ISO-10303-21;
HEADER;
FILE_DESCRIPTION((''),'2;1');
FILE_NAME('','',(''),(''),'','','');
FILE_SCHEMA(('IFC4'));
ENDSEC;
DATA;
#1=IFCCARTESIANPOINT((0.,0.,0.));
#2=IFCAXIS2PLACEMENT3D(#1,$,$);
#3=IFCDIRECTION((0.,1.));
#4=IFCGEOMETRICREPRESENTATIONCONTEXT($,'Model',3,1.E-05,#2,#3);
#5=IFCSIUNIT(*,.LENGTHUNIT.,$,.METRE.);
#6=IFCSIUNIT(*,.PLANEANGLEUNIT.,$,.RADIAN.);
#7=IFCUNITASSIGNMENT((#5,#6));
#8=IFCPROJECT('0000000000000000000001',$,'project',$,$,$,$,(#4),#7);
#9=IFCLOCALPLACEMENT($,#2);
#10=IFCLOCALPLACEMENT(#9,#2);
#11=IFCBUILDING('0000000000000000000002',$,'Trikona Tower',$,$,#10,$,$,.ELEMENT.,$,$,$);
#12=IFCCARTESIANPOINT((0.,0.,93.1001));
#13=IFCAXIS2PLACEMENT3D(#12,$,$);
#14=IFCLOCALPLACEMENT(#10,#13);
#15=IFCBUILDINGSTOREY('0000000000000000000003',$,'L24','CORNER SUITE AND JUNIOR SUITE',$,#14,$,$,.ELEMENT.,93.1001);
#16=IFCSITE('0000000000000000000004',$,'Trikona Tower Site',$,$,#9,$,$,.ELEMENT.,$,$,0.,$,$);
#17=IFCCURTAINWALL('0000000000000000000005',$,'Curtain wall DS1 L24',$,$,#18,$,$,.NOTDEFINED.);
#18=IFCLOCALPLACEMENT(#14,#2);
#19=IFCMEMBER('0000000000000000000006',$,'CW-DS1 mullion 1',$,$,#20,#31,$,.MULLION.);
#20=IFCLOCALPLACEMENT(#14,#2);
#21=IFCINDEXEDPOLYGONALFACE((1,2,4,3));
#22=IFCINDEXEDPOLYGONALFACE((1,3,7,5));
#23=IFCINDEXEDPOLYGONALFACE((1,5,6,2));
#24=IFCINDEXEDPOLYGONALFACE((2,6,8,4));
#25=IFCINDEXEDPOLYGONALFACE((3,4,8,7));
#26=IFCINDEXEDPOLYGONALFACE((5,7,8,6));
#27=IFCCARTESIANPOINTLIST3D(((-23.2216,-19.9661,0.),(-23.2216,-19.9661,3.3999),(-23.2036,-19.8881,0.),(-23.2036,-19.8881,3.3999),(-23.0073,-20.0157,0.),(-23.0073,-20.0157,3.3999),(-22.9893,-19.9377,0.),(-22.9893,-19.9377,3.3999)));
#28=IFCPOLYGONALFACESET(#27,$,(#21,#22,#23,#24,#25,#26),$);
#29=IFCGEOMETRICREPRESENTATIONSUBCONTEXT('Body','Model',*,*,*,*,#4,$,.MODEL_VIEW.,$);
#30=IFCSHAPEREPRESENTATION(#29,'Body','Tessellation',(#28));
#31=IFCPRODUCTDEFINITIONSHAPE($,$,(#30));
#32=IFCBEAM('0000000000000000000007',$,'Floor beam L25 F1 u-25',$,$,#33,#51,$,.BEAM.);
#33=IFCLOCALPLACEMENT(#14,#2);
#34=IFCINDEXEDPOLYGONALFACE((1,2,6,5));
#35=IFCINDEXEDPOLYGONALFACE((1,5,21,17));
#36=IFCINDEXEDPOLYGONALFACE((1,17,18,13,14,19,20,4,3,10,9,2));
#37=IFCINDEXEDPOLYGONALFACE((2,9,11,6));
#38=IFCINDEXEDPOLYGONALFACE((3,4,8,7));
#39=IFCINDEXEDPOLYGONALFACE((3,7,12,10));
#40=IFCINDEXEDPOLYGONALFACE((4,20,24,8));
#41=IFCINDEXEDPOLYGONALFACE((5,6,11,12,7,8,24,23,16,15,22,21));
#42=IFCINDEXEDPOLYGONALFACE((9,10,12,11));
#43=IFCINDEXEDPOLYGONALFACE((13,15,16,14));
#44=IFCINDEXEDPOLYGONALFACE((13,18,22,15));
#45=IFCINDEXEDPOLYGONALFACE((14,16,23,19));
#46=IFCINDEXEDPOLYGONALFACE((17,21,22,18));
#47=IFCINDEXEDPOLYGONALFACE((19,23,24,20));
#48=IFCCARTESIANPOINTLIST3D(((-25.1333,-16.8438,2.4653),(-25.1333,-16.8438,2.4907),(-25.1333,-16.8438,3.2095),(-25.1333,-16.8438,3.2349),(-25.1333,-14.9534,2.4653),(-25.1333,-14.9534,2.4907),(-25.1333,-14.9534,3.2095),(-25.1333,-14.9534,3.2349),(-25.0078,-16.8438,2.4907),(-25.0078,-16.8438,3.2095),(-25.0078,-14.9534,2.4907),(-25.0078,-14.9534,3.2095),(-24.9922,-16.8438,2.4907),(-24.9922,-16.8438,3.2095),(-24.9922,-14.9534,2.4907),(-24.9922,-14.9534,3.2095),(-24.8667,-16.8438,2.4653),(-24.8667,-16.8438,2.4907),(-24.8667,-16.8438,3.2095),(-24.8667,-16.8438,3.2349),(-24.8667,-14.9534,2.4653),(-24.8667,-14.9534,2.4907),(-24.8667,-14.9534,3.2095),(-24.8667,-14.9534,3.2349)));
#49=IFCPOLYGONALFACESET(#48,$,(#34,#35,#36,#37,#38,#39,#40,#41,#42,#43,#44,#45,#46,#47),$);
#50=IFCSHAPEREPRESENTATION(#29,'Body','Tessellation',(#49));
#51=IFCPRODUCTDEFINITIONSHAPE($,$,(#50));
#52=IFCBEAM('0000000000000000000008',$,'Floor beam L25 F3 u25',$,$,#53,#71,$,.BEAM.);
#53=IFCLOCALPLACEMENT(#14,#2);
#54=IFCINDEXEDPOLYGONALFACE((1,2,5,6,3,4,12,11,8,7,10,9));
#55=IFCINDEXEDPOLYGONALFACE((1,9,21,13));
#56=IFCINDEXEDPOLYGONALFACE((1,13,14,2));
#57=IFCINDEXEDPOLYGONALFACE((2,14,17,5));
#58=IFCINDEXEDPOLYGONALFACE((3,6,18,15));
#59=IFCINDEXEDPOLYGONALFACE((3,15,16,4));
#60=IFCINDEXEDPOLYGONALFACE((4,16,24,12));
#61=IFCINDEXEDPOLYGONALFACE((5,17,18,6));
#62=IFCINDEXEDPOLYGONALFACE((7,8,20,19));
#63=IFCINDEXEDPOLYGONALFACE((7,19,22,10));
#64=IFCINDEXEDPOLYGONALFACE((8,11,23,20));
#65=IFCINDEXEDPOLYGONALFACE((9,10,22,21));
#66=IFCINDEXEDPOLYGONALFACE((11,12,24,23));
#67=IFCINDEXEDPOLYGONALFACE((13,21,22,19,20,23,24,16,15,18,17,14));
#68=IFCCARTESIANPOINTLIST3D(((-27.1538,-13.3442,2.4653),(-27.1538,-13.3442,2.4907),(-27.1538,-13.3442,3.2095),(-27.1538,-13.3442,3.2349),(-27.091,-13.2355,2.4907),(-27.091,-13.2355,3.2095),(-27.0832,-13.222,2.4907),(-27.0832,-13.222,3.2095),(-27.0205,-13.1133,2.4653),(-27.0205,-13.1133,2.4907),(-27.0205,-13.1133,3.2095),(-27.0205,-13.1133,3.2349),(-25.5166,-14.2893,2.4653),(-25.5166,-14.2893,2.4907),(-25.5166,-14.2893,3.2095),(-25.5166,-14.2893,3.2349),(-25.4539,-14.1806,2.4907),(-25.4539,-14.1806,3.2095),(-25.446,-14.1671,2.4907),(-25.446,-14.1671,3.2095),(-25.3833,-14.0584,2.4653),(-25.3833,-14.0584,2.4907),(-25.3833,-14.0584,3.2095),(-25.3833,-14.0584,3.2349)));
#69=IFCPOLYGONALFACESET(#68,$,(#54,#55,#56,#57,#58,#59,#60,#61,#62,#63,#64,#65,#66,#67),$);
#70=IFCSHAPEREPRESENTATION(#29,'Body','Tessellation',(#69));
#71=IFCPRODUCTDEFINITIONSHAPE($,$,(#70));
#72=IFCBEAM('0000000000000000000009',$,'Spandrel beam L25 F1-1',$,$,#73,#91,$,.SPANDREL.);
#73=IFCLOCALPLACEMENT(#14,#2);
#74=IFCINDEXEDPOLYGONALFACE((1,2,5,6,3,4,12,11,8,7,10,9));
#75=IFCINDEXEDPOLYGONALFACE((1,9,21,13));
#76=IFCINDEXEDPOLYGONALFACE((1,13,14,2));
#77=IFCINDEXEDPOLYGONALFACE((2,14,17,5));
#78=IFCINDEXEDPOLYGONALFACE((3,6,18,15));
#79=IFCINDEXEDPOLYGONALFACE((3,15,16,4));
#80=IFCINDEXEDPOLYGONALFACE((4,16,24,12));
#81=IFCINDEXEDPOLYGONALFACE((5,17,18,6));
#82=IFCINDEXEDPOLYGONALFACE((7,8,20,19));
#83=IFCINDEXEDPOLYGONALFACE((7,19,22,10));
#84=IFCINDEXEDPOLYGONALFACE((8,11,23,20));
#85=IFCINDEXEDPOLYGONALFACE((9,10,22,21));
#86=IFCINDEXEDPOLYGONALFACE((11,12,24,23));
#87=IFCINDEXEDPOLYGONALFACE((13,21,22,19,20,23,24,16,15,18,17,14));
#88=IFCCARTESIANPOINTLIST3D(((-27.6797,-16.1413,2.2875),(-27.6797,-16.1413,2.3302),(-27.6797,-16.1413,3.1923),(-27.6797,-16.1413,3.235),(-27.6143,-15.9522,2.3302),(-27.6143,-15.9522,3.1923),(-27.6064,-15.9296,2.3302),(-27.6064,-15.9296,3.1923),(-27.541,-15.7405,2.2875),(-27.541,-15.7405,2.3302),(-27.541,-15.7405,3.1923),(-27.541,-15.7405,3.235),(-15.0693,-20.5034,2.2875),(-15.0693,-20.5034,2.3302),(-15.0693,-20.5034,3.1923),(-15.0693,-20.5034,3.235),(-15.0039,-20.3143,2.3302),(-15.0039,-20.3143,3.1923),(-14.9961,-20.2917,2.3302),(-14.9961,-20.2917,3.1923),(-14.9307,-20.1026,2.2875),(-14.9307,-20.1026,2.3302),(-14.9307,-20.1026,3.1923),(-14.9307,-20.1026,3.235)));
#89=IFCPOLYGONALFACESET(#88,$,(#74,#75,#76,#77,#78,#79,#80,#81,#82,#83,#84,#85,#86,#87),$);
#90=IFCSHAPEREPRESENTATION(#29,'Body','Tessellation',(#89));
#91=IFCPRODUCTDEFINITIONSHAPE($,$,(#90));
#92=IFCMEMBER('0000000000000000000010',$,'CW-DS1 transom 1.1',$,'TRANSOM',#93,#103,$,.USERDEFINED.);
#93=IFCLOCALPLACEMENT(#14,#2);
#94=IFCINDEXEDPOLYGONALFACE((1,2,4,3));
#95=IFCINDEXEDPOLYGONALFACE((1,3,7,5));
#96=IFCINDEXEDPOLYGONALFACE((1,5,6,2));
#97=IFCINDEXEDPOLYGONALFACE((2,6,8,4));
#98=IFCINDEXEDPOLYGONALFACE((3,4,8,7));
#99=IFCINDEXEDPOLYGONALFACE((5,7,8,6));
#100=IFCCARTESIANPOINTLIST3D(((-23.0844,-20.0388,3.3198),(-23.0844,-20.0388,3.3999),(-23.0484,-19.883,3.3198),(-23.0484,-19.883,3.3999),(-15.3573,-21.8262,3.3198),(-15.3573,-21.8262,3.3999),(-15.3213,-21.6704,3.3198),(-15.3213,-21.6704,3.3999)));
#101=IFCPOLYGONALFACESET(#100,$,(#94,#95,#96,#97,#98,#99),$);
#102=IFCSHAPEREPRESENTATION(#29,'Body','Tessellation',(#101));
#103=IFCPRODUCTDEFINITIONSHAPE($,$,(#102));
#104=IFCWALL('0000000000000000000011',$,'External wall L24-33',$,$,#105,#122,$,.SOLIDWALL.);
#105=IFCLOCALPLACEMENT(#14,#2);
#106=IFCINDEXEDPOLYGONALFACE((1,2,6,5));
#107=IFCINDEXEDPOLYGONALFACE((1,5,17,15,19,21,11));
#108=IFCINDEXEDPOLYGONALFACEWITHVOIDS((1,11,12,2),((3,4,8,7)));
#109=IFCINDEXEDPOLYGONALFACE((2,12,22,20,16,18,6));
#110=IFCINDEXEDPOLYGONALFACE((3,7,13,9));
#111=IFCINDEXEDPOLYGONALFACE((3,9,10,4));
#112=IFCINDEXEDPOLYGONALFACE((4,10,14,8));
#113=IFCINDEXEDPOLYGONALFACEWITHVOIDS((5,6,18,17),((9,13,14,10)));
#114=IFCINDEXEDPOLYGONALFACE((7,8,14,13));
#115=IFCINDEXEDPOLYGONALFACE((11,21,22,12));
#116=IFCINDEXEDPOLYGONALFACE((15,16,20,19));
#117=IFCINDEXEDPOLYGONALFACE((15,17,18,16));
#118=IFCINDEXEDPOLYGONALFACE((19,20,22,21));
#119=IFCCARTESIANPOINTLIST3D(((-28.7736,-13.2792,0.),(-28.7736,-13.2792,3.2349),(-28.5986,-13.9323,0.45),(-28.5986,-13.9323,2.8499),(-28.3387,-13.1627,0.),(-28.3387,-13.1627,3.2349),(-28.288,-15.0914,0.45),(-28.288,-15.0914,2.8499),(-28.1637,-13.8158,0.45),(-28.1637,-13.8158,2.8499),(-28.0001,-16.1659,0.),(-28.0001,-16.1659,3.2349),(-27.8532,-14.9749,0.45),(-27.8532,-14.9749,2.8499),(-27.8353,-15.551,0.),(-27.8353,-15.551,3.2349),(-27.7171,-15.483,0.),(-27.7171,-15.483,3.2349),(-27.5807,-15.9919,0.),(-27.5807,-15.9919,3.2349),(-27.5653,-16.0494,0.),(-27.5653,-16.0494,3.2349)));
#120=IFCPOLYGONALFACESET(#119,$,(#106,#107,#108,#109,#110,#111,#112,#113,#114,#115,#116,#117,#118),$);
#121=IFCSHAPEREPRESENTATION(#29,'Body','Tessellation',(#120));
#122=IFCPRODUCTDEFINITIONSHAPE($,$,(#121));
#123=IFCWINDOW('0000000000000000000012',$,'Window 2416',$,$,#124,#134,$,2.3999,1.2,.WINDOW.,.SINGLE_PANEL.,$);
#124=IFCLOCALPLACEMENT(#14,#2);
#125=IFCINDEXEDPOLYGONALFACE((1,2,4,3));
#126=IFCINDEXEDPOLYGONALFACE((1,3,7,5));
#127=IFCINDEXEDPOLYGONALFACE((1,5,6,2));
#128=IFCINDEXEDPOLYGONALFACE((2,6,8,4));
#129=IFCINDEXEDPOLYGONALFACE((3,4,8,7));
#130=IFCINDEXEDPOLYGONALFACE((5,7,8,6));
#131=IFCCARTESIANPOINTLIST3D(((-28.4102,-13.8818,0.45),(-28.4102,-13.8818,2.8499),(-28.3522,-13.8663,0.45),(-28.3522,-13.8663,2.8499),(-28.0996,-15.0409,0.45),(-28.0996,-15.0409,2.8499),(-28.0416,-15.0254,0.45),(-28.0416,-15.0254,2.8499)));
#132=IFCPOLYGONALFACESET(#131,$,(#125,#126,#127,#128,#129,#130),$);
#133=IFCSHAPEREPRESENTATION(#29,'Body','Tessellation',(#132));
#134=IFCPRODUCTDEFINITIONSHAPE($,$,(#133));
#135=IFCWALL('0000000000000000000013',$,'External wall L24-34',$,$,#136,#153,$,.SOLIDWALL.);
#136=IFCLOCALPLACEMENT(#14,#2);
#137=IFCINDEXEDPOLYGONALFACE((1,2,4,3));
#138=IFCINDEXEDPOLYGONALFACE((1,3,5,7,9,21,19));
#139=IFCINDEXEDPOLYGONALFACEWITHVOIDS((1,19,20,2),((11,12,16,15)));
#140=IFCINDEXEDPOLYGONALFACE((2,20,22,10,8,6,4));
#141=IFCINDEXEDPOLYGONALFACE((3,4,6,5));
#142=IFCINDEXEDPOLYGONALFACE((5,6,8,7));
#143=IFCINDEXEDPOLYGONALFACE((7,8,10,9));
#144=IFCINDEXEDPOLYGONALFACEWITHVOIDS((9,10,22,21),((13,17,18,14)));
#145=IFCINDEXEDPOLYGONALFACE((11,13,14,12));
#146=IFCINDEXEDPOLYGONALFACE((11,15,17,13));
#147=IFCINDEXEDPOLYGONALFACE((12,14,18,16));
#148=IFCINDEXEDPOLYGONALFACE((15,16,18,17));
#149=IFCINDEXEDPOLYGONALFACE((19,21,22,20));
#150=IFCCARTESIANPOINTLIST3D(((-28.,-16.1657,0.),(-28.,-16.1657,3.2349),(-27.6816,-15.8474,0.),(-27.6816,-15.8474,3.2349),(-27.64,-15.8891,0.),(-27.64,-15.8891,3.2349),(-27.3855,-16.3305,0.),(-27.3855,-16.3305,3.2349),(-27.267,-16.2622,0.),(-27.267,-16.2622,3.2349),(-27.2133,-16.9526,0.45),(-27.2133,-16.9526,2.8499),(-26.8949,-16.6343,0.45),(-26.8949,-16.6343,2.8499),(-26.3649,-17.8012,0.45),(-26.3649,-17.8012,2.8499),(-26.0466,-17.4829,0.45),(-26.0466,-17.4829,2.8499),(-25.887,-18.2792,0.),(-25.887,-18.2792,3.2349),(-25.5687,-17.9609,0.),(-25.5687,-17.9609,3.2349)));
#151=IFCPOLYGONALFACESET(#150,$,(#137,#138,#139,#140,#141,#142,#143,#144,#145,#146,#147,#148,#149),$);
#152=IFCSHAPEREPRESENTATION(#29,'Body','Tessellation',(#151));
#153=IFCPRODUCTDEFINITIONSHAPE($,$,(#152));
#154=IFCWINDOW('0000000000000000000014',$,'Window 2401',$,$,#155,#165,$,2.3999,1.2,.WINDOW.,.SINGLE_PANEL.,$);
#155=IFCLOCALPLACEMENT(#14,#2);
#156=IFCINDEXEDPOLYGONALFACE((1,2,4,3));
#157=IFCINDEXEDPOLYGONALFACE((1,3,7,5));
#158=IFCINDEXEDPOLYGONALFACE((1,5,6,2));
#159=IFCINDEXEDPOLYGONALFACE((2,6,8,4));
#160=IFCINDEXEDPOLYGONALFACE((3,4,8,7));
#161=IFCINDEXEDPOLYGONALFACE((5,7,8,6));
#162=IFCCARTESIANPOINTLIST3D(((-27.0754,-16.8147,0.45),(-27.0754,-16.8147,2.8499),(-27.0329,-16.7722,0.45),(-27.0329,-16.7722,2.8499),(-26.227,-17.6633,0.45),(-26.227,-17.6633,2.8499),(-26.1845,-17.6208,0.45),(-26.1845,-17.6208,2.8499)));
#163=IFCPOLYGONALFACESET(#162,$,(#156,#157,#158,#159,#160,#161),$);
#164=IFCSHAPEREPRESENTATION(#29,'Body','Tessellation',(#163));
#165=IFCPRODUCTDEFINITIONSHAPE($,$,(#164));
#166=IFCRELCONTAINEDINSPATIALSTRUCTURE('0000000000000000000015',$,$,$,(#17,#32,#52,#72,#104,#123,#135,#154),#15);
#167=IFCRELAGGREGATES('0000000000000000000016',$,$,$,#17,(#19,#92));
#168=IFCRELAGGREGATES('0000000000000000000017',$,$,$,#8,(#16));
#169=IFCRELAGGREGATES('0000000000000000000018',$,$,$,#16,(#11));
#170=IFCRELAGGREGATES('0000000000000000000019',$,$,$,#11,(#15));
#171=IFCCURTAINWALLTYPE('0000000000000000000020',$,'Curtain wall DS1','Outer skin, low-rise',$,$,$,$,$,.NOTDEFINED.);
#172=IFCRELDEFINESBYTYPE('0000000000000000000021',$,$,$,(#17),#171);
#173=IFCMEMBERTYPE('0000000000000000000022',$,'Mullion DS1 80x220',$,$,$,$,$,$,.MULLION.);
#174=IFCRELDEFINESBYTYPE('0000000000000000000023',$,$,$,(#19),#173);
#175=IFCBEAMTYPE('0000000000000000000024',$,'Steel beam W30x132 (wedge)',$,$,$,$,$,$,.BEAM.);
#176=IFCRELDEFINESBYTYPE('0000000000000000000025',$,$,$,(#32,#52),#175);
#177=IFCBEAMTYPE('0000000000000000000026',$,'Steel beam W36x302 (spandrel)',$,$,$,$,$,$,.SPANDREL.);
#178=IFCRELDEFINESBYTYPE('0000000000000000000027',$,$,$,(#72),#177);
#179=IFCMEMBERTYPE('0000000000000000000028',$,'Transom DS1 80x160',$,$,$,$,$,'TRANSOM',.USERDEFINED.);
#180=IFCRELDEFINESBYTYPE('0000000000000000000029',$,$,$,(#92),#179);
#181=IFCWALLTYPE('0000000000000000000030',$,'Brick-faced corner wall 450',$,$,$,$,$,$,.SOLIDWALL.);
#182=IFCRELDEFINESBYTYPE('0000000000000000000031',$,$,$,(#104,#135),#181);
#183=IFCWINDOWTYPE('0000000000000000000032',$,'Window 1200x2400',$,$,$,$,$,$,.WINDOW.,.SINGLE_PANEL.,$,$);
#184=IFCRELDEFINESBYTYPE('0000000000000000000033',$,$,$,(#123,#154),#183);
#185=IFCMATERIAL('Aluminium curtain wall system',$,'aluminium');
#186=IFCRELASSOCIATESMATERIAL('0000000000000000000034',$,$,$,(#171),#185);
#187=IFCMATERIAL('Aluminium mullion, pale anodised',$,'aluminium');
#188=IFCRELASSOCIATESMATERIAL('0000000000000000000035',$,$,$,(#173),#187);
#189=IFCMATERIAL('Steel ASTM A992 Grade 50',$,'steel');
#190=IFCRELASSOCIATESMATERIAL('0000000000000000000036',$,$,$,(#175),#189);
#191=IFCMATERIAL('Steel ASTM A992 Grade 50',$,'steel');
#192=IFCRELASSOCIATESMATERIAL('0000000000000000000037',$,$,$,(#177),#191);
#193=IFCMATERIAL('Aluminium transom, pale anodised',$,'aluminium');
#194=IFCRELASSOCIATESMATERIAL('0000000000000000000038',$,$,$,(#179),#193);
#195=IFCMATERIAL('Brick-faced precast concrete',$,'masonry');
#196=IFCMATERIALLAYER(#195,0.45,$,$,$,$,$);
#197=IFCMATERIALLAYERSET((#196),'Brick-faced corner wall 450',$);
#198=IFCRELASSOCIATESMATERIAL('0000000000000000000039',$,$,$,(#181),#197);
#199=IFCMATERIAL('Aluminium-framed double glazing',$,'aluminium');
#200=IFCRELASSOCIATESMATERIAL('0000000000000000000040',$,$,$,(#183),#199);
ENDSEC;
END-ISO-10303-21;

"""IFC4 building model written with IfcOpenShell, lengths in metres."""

from ifc_helpers import new_model, si_unit, direction, frame, frame_2d, origin, origin_2d, place, context, subcontext, project, spatial, polyline, rectangle, i_section, outline, extrude, material, layer, layer_set, material_profile, profile_set, type_object, element, fill, aggregate, save


model = new_model("IFC4")

# Units and contexts
model_context = context("Model", 3, precision=1e-05, world=origin(), true_north=direction((0.0, 1.0)))
body_context = subcontext(model_context, "Body", "Model", "MODEL_VIEW")
ifc_project = project(units=[si_unit("LENGTHUNIT", "METRE"), si_unit("PLANEANGLEUNIT", "RADIAN")], contexts=[model_context])

# Site, building, storey
site_placement = place(None, origin())
site = spatial("IfcSite", under=ifc_project, at=site_placement, Name="Trikona Tower Site", CompositionType="ELEMENT", RefElevation=0.0)
building_placement = place(site_placement, origin())
building = spatial("IfcBuilding", under=site, at=building_placement, Name="Trikona Tower", CompositionType="ELEMENT")
storey_placement = place(building_placement, frame((0.0, 0.0, 93.1001)))
storey = spatial("IfcBuildingStorey", under=building, at=storey_placement, Name="L24", Description="CORNER SUITE AND JUNIOR SUITE", CompositionType="ELEMENT", Elevation=93.1001)

# Curtain wall, member
ifc_material_1 = material(Name="Aluminium curtain wall system", Category="aluminium")
curtain_wall_type = type_object("IfcCurtainWallType", Name="Curtain wall DS1", Description="Outer skin, low-rise", PredefinedType="NOTDEFINED", material=ifc_material_1)
curtain_wall_placement = place(storey_placement, origin())
curtain_wall = element("IfcCurtainWall", 1, at=curtain_wall_placement, inside=storey, type_object=curtain_wall_type, Name="Curtain wall DS1 L24", PredefinedType="NOTDEFINED")
ifc_material_2 = material(Name="Aluminium mullion, pale anodised", Category="aluminium")
ifc_material_profile_1 = material_profile(ifc_material_2, rectangle(XDim=0.0801, YDim=0.22, at=origin_2d()), Name="MUL-DS1")
ifc_profile_set_1 = profile_set([ifc_material_profile_1], Name="Aluminium mullion, pale anodised")
member_type_1 = type_object("IfcMemberType", Name="Mullion DS1 80x220", PredefinedType="MULLION", material=ifc_profile_set_1)
member_1_placement = place(storey_placement, frame((-23.1055, -19.9519, 0.0), z_axis=(0.0, 0.0, 1.0), x_axis=(0.225343, 0.974279, 0.0)))
member_1 = element("IfcMember", 2, at=member_1_placement, type_object=member_type_1, Name="CW-DS1 mullion 1", PredefinedType="MULLION", context=body_context, shape_type="SweptSolid", body=[
    extrude(rectangle(XDim=0.0801, YDim=0.22, at=origin_2d()), origin(), (0.0, 0.0, 1.0), 3.3999),
])

# Beams
ifc_material_3 = material(Name="Steel ASTM A992 Grade 50", Category="steel")
ifc_material_profile_2 = material_profile(ifc_material_3, i_section(OverallWidth=0.2666, OverallDepth=0.7695, WebThickness=0.0156, FlangeThickness=0.0254, at=origin_2d()), Name="W30X132")
ifc_profile_set_2 = profile_set([ifc_material_profile_2], Name="Steel ASTM A992 Grade 50")
beam_type_1 = type_object("IfcBeamType", Name="Steel beam W30x132 (wedge)", PredefinedType="BEAM", material=ifc_profile_set_2)
for number, where, z_axis, x_axis, name in (
    (3, (-25.0, -14.9534, 2.8501), (0.0, -1.0, 0.0), (1.0, 0.0, 0.0), "Floor beam L25 F1 u-25"),
    (4, (-25.45, -14.1738, 2.8501), (-0.866065, 0.499931, 0.0), (-0.499931, -0.866065, 0.0), "Floor beam L25 F3 u25"),
):
    element("IfcBeam", number, at=place(storey_placement, frame(where, z_axis=z_axis, x_axis=x_axis)), inside=storey, type_object=beam_type_1, Name=name, PredefinedType="BEAM", context=body_context, shape_type="SweptSolid", body=[
        extrude(i_section(OverallWidth=0.2666, OverallDepth=0.7695, WebThickness=0.0156, FlangeThickness=0.0254, at=origin_2d()), origin(), (0.0, 0.0, 1.0), 1.8904),
    ])
ifc_material_4 = material(Name="Steel ASTM A992 Grade 50", Category="steel")
ifc_material_profile_3 = material_profile(ifc_material_4, i_section(OverallWidth=0.4241, OverallDepth=0.9475, WebThickness=0.0239, FlangeThickness=0.0427, at=origin_2d()), Name="W36X302")
ifc_profile_set_3 = profile_set([ifc_material_profile_3], Name="Steel ASTM A992 Grade 50")
beam_type_2 = type_object("IfcBeamType", Name="Steel beam W36x302 (spandrel)", PredefinedType="SPANDREL", material=ifc_profile_set_3)
beam_placement = place(storey_placement, frame((-27.6104, -15.9409, 2.7612), z_axis=(0.945057, -0.326906, 0.0), x_axis=(0.326906, 0.945057, 0.0)))
element("IfcBeam", 5, at=beam_placement, inside=storey, type_object=beam_type_2, Name="Spandrel beam L25 F1-1", PredefinedType="SPANDREL", context=body_context, shape_type="SweptSolid", body=[
    extrude(i_section(OverallWidth=0.4241, OverallDepth=0.9475, WebThickness=0.0239, FlangeThickness=0.0427, at=origin_2d()), origin(), (0.0, 0.0, 1.0), 13.3435),
])

# Member
ifc_material_5 = material(Name="Aluminium transom, pale anodised", Category="aluminium")
ifc_material_profile_4 = material_profile(ifc_material_5, rectangle(XDim=0.1599, YDim=0.0801, at=origin_2d()), Name="TRN-DS1")
ifc_profile_set_4 = profile_set([ifc_material_profile_4], Name="Aluminium transom, pale anodised")
member_type_2 = type_object("IfcMemberType", Name="Transom DS1 80x160", ElementType="TRANSOM", PredefinedType="USERDEFINED", material=ifc_profile_set_4)
member_2_placement = place(storey_placement, frame((-23.0664, -19.9609, 3.3599), z_axis=(0.974275, -0.225361, 0.0), x_axis=(0.225361, 0.974275, 0.0)))
member_2 = element("IfcMember", 6, at=member_2_placement, type_object=member_type_2, Name="CW-DS1 transom 1.1", ObjectType="TRANSOM", PredefinedType="USERDEFINED", context=body_context, shape_type="SweptSolid", body=[
    extrude(rectangle(XDim=0.1599, YDim=0.0801, at=origin_2d()), origin(), (0.0, 0.0, 1.0), 7.9312),
])
aggregate(curtain_wall, [member_1, member_2])

# Walls, openings, windows
ifc_material_6 = material(Name="Brick-faced precast concrete", Category="masonry")
ifc_layer_1 = layer(ifc_material_6, 0.45)
ifc_layer_set_1 = layer_set([ifc_layer_1], Name="Brick-faced corner wall 450")
wall_type_1 = type_object("IfcWallType", Name="Brick-faced corner wall 450", PredefinedType="SOLIDWALL", material=ifc_layer_set_1)
wall_1_placement = place(storey_placement, frame((-28.5562, -13.2209, 0.0), z_axis=(0.0, 0.0, 1.0), x_axis=(0.258801, -0.965931, 0.0)))
wall_1 = element("IfcWall", 7, at=wall_1_placement, inside=storey, type_object=wall_type_1, Name="External wall L24-33", PredefinedType="SOLIDWALL", context=body_context, shape_type="SweptSolid", body=[
    extrude(outline(polyline([(2.9885, 0.2251), (2.929, 0.2251), (2.4373, 0.0933), (2.4021, 0.2251), (0.0, 0.2251), (0.0, -0.2251), (2.9885, -0.2251), (2.9885, 0.2251)])), origin(), (0.0, 0.0, 1.0), 3.2349),
])
opening_1_placement = place(wall_1_placement, frame((0.676, 0.0, 0.45)))
opening_1 = element("IfcOpeningElement", 8, at=opening_1_placement, cuts=wall_1, PredefinedType="OPENING", context=body_context, shape_type="SweptSolid", body=[
    extrude(rectangle(XDim=1.2, YDim=2.3999, at=frame_2d((0.6001, 1.2))), frame((0.0, 0.2349, 0.0), z_axis=(0.0, -1.0, 0.0), x_axis=(1.0, 0.0, 0.0)), (0.0, 0.0, 1.0), 0.47),
])
ifc_material_7 = material(Name="Aluminium-framed double glazing", Category="aluminium")
window_type_1 = type_object("IfcWindowType", Name="Window 1200x2400", PartitioningType="SINGLE_PANEL", PredefinedType="WINDOW", material=ifc_material_7)
window_1_placement = place(opening_1_placement, origin())
window_1 = element("IfcWindow", 9, at=window_1_placement, inside=storey, type_object=window_type_1, Name="Window 2416", OverallHeight=2.3999, OverallWidth=1.2, PartitioningType="SINGLE_PANEL", PredefinedType="WINDOW", context=body_context, shape_type="SweptSolid", body=[
    extrude(rectangle(XDim=1.2, YDim=2.3999, at=frame_2d((0.6001, 1.2))), frame((0.0, 0.03, 0.0), z_axis=(0.0, -1.0, 0.0), x_axis=(1.0, 0.0, 0.0)), (0.0, 0.0, 1.0), 0.0601),
])
fill(opening_1, window_1)
wall_2_placement = place(storey_placement, frame((-27.8408, -16.0066, 0.0), z_axis=(0.0, 0.0, 1.0), x_axis=(0.707025, -0.707188, 0.0)))
wall_2 = element("IfcWall", 10, at=wall_2_placement, inside=storey, type_object=wall_type_1, Name="External wall L24-34", PredefinedType="SOLIDWALL", context=body_context, shape_type="SweptSolid", body=[
    extrude(outline(polyline([(2.9885, 0.2251), (0.5864, 0.2251), (0.551, 0.093), (0.0588, 0.2251), (0.0, 0.2251), (0.0, -0.2251), (2.9885, -0.2251), (2.9885, 0.2251)])), origin(), (0.0, 0.0, 1.0), 3.2349),
])
opening_2_placement = place(wall_2_placement, frame((1.1125, 0.0, 0.45)))
opening_2 = element("IfcOpeningElement", 11, at=opening_2_placement, cuts=wall_2, PredefinedType="OPENING", context=body_context, shape_type="SweptSolid", body=[
    extrude(rectangle(XDim=1.2, YDim=2.3999, at=frame_2d((0.6001, 1.2))), frame((0.0, 0.2349, 0.0), z_axis=(0.0, -1.0, 0.0), x_axis=(1.0, 0.0, 0.0)), (0.0, 0.0, 1.0), 0.47),
])
window_2_placement = place(opening_2_placement, origin())
window_2 = element("IfcWindow", 12, at=window_2_placement, inside=storey, type_object=window_type_1, Name="Window 2401", OverallHeight=2.3999, OverallWidth=1.2, PartitioningType="SINGLE_PANEL", PredefinedType="WINDOW", context=body_context, shape_type="SweptSolid", body=[
    extrude(rectangle(XDim=1.2, YDim=2.3999, at=frame_2d((0.6001, 1.2))), frame((0.0, 0.03, 0.0), z_axis=(0.0, -1.0, 0.0), x_axis=(1.0, 0.0, 0.0)), (0.0, 0.0, 1.0), 0.0601),
])
fill(opening_2, window_2)

save(model, "model.ifc")
